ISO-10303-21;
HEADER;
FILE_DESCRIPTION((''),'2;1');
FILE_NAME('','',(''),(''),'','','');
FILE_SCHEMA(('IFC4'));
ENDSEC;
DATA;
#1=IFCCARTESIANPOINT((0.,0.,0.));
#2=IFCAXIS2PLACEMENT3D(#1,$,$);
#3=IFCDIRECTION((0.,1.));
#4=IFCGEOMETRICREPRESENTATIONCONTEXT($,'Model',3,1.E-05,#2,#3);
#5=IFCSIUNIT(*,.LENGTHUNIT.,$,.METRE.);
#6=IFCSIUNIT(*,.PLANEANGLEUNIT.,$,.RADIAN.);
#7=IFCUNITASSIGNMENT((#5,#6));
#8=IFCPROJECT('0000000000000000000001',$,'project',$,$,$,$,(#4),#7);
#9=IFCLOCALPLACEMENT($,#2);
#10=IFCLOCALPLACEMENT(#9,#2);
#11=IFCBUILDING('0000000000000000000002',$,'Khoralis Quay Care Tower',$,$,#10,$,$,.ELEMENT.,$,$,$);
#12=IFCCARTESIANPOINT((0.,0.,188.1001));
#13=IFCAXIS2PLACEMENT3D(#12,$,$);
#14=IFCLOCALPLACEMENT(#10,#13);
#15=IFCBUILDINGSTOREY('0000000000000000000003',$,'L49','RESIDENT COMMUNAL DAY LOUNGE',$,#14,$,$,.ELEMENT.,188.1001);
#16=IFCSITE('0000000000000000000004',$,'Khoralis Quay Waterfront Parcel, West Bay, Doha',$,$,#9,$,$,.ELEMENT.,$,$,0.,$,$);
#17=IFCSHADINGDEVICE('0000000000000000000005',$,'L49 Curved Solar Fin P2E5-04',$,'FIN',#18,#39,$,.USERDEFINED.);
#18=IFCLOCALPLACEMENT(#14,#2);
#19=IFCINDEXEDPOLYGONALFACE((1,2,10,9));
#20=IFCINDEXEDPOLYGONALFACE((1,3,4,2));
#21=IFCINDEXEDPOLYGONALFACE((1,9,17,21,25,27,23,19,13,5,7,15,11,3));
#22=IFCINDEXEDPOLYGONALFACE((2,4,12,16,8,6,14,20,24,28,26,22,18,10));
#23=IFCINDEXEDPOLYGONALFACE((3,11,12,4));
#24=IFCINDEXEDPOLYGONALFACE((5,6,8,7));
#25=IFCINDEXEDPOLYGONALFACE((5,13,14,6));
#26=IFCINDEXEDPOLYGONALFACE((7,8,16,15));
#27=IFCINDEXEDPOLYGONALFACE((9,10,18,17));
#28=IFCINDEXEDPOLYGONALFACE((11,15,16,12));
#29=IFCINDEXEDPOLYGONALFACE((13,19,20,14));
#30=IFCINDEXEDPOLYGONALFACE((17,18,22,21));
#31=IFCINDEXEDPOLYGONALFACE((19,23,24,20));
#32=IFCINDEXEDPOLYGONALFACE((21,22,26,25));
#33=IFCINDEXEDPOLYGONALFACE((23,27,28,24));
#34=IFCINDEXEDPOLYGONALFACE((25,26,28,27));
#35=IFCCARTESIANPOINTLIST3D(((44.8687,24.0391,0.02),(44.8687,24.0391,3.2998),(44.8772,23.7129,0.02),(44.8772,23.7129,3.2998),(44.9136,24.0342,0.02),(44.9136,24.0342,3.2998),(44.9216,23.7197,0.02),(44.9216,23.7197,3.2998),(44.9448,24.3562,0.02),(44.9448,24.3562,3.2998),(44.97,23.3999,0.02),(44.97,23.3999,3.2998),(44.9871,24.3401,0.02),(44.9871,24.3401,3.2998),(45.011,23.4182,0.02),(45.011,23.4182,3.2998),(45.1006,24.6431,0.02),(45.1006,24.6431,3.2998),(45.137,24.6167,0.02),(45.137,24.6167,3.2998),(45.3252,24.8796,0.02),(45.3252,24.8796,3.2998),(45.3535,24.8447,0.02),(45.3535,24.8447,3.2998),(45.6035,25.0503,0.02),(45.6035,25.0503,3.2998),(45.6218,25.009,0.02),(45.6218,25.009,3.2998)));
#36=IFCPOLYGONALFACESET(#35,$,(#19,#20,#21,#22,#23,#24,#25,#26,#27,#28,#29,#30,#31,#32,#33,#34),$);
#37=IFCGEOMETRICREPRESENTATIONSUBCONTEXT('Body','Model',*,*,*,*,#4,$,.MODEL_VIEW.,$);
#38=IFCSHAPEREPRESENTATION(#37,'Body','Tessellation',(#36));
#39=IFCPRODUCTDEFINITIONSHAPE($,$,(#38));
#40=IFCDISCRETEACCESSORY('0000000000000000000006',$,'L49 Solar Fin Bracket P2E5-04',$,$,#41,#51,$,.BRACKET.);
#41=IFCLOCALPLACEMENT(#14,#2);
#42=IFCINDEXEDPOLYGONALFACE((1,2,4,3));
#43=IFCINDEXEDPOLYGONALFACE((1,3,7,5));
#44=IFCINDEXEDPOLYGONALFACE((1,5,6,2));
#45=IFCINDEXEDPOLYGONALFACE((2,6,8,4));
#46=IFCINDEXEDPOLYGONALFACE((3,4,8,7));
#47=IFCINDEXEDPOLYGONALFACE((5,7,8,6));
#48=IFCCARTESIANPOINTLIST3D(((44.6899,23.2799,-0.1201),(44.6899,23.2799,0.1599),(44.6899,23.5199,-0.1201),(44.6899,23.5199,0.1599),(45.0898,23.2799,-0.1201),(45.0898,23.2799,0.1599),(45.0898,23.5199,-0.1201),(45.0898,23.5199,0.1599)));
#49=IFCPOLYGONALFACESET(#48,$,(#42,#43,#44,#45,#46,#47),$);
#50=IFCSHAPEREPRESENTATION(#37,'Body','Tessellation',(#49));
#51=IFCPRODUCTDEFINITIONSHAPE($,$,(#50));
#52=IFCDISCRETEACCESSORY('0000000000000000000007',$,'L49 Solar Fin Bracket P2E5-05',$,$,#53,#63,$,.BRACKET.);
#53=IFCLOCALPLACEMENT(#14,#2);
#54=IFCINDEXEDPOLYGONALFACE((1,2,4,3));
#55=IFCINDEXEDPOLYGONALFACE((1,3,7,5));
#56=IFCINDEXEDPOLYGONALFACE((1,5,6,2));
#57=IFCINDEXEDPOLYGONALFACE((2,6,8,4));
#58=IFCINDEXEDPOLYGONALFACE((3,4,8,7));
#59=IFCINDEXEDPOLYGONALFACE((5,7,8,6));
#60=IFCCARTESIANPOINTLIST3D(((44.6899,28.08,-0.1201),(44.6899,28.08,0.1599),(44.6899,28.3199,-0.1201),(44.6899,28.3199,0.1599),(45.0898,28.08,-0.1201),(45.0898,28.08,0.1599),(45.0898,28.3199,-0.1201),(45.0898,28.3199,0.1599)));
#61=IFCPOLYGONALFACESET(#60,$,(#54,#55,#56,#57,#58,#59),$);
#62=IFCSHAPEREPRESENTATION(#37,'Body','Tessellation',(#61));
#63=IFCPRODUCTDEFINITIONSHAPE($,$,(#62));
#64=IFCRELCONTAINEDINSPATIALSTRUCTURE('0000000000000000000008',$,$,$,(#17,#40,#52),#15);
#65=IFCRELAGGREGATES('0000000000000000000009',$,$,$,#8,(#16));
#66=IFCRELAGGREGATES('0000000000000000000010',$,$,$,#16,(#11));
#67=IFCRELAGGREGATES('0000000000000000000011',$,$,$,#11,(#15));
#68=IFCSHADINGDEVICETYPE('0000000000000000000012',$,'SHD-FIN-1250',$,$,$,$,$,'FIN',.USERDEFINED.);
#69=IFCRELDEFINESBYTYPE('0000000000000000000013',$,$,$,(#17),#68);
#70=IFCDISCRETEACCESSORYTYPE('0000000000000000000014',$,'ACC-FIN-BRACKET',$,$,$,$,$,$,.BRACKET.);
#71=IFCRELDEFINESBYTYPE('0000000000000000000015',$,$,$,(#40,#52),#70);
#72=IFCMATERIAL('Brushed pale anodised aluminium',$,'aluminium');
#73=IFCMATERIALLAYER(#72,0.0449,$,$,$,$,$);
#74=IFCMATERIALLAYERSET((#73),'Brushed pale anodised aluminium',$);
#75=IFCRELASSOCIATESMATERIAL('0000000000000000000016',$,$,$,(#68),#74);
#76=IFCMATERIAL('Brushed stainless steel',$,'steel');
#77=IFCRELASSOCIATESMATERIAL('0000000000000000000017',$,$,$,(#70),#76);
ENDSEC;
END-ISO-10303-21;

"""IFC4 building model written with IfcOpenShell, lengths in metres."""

from ifc_helpers import new_model, si_unit, direction, frame, origin, origin_2d, place, context, subcontext, project, spatial, polyline, rectangle, outline, extrude, source, transform, mapped, material, layer, layer_set, type_object, element, save


model = new_model("IFC4")

# Units and contexts
model_context = context("Model", 3, precision=1e-05, world=origin(), true_north=direction((0.0, 1.0)))
body_context = subcontext(model_context, "Body", "Model", "MODEL_VIEW")
ifc_project = project(units=[si_unit("LENGTHUNIT", "METRE"), si_unit("PLANEANGLEUNIT", "RADIAN")], contexts=[model_context])

# Site, building, storey
site_placement = place(None, origin())
site = spatial("IfcSite", under=ifc_project, at=site_placement, Name="Khoralis Quay Waterfront Parcel, West Bay, Doha", CompositionType="ELEMENT", RefElevation=0.0)
building_placement = place(site_placement, origin())
building = spatial("IfcBuilding", under=site, at=building_placement, Name="Khoralis Quay Care Tower", CompositionType="ELEMENT")
storey_placement = place(building_placement, frame((0.0, 0.0, 188.1001)))
storey = spatial("IfcBuildingStorey", under=building, at=storey_placement, Name="L49", Description="RESIDENT COMMUNAL DAY LOUNGE", CompositionType="ELEMENT", Elevation=188.1001)

# Shared definitions
ifc_material_1 = material(Name="Brushed stainless steel", Category="steel")

# Shading device
ifc_material_2 = material(Name="Brushed pale anodised aluminium", Category="aluminium")
ifc_layer_1 = layer(ifc_material_2, 0.0449)
ifc_layer_set_1 = layer_set([ifc_layer_1], Name="Brushed pale anodised aluminium")
shading_device_type = type_object("IfcShadingDeviceType", Name="SHD-FIN-1250", ElementType="FIN", PredefinedType="USERDEFINED", material=ifc_layer_set_1)
shared_shape_1 = source(origin(), body_context, "Body", "SweptSolid", [
    extrude(outline(polyline([(0.0, 0.0), (-0.0928, 0.313), (-0.1013, 0.6392), (-0.0251, 0.9563), (0.1306, 1.2432), (0.3552, 1.4797), (0.6335, 1.6504), (0.6519, 1.6091), (0.3835, 1.4448), (0.167, 1.2168), (0.0171, 0.9402), (-0.0564, 0.6343), (-0.0483, 0.3198), (0.041, 0.0183), (0.0, 0.0)])), origin(), (0.0, 0.0, 1.0), 3.2798),
])
shading_device_placement = place(storey_placement, frame((44.97, 23.3999, 0.02), z_axis=(0.0, 0.0, 1.0), x_axis=(1.0, 0.0, 0.0)))
element("IfcShadingDevice", 1, at=shading_device_placement, inside=storey, type_object=shading_device_type, Name="L49 Curved Solar Fin P2E5-04", ObjectType="FIN", PredefinedType="USERDEFINED", context=body_context, shape_type="MappedRepresentation", body=[
    mapped(shared_shape_1, transform((0.0, 0.0, 0.0), scale=1.0)),
])

# Discrete accessories
discrete_accessory_type = type_object("IfcDiscreteAccessoryType", Name="ACC-FIN-BRACKET", PredefinedType="BRACKET", material=ifc_material_1)
shared_shape_2 = source(origin(), body_context, "Body", "SweptSolid", [
    extrude(rectangle(XDim=0.3999, YDim=0.24, at=origin_2d()), origin(), (0.0, 0.0, 1.0), 0.28),
])
for number, where, z_axis, x_axis, name in (
    (2, (44.8899, 23.3999, -0.1201), (0.0, 0.0, 1.0), (1.0, 0.0, 0.0), "L49 Solar Fin Bracket P2E5-04"),
    (3, (44.8899, 28.2, -0.1201), (0.0, 0.0, 1.0), (1.0, 0.0, 0.0), "L49 Solar Fin Bracket P2E5-05"),
):
    element("IfcDiscreteAccessory", number, at=place(storey_placement, frame(where, z_axis=z_axis, x_axis=x_axis)), inside=storey, type_object=discrete_accessory_type, Name=name, PredefinedType="BRACKET", context=body_context, shape_type="MappedRepresentation", body=[
        mapped(shared_shape_2, transform((0.0, 0.0, 0.0), scale=1.0)),
    ])

save(model, "model.ifc")
